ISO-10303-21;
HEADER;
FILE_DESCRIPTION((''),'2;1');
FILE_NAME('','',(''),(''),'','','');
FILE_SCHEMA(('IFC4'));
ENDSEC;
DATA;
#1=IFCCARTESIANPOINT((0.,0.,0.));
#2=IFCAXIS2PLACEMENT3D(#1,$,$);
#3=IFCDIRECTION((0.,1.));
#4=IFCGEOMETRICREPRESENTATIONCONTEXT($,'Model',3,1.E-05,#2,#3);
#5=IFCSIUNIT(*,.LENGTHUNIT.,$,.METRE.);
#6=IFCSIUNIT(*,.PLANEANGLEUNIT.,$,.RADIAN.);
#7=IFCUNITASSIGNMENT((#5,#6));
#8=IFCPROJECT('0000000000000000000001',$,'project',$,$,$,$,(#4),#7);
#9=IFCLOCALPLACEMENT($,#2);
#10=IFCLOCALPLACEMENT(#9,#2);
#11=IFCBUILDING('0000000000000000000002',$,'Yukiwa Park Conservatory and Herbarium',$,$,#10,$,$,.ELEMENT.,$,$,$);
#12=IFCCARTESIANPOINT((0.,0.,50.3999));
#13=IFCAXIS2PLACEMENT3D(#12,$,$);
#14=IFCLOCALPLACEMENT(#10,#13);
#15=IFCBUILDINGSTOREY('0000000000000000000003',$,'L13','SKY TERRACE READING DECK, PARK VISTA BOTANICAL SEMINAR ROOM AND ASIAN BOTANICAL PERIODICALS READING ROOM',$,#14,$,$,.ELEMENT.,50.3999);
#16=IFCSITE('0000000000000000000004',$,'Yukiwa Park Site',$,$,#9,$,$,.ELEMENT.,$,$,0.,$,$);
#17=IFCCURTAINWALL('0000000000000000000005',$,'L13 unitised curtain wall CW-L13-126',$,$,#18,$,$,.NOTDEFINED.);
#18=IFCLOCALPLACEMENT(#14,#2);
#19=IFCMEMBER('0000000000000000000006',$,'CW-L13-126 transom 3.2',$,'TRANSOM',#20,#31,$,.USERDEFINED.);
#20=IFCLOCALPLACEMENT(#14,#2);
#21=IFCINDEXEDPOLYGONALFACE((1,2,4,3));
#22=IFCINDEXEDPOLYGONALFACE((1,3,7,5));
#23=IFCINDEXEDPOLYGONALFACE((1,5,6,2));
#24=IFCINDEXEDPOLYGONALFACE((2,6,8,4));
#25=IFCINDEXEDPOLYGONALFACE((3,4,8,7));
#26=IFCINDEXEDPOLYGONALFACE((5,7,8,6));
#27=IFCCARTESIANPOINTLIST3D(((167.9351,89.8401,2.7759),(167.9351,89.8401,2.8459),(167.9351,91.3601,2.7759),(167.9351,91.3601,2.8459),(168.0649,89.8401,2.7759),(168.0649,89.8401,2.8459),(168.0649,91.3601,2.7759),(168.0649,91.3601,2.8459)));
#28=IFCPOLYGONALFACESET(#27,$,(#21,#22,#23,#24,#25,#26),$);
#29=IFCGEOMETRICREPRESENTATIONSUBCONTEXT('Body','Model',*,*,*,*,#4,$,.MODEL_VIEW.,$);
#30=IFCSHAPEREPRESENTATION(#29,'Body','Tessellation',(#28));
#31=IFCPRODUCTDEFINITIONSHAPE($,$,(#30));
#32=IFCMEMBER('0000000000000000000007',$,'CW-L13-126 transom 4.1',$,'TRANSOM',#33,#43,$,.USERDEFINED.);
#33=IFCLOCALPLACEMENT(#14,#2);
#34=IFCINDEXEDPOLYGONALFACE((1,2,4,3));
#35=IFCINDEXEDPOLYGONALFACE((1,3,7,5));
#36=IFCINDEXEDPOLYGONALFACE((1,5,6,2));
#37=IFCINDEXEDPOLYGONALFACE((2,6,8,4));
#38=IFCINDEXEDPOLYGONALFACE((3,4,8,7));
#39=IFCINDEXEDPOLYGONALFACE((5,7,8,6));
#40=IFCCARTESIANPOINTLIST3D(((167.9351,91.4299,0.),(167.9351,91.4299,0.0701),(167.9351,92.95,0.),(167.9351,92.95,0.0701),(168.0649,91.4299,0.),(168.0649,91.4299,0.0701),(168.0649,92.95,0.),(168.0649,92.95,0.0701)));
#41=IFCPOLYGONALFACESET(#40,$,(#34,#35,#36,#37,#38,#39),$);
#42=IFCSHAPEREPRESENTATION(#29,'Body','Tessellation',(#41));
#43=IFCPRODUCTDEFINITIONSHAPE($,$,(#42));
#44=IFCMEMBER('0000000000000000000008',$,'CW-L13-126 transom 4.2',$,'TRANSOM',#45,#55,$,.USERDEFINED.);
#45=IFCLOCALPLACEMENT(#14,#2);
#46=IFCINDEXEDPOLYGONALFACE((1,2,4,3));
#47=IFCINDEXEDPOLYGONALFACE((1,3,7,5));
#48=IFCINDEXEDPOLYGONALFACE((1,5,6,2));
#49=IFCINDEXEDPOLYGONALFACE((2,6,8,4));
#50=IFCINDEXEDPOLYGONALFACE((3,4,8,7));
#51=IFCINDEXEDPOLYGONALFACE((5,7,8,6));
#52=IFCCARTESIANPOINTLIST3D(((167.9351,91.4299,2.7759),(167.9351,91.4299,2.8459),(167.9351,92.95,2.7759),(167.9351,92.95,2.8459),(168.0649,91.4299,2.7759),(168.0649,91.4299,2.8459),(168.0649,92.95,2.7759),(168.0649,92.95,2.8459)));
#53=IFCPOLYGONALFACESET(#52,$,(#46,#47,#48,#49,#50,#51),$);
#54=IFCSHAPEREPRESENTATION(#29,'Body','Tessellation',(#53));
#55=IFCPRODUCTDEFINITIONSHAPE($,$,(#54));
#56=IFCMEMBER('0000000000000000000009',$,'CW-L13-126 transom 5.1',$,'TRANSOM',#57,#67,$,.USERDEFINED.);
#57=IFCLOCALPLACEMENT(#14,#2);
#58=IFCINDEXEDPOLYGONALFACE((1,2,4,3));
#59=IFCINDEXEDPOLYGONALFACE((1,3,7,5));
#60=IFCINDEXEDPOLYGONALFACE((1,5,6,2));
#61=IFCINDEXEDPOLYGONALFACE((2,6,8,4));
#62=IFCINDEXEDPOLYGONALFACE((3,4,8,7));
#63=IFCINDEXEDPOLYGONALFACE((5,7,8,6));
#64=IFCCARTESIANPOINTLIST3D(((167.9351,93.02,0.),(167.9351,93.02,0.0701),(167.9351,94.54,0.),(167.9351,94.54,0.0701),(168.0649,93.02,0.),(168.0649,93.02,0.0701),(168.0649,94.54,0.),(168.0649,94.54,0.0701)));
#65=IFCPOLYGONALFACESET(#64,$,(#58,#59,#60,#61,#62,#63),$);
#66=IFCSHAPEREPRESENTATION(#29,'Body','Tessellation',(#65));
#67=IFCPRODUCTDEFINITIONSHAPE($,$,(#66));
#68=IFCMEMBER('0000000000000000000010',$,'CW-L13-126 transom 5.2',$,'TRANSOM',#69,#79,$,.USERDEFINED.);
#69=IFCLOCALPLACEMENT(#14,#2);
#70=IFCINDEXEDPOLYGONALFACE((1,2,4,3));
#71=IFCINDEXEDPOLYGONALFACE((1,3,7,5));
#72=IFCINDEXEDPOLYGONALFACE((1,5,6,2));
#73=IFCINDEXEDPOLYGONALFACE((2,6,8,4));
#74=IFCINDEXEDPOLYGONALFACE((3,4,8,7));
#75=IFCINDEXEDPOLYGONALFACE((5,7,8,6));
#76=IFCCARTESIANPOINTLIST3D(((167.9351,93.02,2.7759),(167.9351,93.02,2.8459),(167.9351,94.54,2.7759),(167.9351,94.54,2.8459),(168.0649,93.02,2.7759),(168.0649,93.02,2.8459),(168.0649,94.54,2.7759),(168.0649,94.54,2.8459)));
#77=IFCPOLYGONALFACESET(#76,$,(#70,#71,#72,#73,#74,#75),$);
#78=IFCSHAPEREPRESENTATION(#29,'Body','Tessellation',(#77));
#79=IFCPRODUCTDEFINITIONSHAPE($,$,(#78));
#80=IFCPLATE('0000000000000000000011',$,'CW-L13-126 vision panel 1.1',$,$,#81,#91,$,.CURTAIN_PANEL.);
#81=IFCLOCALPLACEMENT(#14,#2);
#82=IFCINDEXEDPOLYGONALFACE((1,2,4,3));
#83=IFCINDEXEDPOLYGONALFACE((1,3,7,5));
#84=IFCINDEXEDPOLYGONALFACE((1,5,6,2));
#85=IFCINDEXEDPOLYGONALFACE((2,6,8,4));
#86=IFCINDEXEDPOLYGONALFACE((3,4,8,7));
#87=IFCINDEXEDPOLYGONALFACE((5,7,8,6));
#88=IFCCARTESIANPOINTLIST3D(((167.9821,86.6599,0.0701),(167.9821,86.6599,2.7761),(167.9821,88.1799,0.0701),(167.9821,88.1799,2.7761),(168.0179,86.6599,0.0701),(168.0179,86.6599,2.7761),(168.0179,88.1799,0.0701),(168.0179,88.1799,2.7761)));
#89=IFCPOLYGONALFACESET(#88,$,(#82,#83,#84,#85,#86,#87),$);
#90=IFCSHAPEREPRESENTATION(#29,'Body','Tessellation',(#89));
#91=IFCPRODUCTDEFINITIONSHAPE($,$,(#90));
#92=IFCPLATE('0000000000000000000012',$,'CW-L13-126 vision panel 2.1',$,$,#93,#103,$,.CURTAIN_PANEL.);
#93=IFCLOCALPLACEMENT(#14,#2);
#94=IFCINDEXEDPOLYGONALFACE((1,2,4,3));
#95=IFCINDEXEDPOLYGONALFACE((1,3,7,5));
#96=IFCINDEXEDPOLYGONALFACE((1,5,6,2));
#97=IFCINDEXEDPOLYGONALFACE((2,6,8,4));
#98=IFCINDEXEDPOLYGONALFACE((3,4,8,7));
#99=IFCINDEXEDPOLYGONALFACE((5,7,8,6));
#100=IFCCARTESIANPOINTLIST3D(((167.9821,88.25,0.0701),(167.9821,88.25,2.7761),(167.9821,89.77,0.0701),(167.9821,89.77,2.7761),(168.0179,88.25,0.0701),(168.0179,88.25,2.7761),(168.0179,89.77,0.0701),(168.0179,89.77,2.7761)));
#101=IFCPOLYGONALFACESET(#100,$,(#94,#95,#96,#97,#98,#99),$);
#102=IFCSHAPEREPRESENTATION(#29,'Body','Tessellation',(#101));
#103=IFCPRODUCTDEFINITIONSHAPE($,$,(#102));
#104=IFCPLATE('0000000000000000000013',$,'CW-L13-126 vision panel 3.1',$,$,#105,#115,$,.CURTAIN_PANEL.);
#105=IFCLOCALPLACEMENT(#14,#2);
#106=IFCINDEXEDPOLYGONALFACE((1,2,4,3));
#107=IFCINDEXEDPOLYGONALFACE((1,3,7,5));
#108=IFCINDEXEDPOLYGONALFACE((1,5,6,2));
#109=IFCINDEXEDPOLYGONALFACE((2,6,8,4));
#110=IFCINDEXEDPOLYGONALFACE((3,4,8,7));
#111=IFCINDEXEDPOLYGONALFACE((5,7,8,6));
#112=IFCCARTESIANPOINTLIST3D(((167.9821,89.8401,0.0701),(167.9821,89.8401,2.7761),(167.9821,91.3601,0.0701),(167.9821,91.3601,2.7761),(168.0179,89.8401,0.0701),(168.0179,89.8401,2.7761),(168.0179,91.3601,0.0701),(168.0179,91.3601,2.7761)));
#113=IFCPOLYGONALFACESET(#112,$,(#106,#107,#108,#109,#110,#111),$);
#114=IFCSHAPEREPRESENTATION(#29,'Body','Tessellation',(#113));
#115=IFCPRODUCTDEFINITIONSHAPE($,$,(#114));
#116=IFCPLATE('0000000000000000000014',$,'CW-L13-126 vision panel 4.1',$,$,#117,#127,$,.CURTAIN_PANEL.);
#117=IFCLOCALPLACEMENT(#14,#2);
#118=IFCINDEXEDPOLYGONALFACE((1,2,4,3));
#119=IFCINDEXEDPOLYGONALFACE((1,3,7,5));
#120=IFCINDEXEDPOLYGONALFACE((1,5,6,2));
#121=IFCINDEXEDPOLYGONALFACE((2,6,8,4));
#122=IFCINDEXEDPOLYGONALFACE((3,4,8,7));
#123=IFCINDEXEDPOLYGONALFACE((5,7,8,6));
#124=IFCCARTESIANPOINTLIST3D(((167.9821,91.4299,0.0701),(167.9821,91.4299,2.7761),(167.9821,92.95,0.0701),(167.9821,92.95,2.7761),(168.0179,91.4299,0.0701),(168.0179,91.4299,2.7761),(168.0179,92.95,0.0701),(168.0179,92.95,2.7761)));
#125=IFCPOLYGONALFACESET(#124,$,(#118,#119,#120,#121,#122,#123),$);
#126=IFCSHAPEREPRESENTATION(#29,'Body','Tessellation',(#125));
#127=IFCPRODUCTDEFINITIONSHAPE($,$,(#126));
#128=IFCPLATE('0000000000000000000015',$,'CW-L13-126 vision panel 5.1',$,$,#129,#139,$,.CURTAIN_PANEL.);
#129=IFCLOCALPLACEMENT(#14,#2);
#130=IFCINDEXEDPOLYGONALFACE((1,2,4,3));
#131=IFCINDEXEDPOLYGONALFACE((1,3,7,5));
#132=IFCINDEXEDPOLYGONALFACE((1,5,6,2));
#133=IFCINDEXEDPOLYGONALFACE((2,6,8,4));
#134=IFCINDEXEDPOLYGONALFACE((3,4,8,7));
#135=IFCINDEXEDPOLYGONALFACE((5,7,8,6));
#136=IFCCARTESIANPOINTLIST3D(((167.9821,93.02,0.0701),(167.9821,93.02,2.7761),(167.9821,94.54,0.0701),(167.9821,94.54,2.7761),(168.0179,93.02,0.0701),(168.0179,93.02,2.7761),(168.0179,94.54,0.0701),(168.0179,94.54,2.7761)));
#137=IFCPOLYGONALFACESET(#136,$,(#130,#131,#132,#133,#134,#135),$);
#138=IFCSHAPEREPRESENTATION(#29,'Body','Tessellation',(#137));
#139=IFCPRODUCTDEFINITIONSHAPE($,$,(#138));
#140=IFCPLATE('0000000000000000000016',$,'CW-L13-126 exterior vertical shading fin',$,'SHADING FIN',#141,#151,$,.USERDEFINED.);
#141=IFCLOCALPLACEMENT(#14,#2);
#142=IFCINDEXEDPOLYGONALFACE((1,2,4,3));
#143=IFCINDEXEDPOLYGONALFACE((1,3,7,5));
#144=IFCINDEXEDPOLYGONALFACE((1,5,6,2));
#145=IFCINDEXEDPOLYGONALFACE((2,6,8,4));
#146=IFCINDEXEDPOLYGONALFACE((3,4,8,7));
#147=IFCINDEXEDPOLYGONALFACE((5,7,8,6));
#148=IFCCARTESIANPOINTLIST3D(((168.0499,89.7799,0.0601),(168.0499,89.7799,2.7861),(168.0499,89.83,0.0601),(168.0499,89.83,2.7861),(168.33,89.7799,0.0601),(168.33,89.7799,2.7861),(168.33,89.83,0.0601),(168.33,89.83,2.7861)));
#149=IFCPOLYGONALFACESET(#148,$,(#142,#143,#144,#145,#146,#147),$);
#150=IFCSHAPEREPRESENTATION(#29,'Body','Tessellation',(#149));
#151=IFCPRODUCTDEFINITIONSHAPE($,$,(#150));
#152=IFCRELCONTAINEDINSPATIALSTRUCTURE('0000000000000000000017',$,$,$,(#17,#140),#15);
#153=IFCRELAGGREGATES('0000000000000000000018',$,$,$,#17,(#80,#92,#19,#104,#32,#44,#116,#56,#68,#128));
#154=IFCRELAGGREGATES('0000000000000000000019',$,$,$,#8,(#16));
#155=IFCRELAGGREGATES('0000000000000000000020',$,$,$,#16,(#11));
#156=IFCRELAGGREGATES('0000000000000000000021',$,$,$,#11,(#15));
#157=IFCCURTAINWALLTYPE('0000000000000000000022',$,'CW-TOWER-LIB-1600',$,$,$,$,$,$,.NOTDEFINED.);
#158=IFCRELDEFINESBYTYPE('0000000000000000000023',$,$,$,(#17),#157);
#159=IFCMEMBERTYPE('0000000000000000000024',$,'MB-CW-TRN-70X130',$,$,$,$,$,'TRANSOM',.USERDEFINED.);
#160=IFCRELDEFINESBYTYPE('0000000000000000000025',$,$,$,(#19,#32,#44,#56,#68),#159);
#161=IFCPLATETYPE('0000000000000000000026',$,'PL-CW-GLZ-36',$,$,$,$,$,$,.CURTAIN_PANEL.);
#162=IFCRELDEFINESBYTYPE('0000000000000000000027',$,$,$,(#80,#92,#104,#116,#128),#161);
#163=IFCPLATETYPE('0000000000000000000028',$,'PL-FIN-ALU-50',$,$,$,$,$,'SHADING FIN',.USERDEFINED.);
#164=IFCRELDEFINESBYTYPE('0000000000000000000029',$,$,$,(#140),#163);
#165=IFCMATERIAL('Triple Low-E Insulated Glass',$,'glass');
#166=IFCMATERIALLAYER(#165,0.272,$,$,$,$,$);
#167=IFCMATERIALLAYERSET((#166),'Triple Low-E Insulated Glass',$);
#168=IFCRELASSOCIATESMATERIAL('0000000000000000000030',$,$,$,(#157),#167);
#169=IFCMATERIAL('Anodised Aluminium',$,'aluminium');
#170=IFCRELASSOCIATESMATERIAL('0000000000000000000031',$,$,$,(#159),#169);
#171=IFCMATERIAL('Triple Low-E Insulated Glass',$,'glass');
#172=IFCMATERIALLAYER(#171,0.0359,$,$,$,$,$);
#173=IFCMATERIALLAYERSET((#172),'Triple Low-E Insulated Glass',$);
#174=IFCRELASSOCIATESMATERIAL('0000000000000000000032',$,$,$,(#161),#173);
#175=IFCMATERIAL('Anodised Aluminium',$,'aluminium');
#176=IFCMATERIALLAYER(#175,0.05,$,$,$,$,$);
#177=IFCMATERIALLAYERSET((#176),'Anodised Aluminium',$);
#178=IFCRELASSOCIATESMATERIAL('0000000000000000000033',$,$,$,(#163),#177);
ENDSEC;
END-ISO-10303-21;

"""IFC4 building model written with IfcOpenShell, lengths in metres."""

from ifc_helpers import new_model, si_unit, direction, frame, origin, origin_2d, place, context, subcontext, project, spatial, rectangle, extrude, material, layer, layer_set, type_object, element, aggregate, save


model = new_model("IFC4")

# Units and contexts
model_context = context("Model", 3, precision=1e-05, world=origin(), true_north=direction((0.0, 1.0)))
body_context = subcontext(model_context, "Body", "Model", "MODEL_VIEW")
ifc_project = project(units=[si_unit("LENGTHUNIT", "METRE"), si_unit("PLANEANGLEUNIT", "RADIAN")], contexts=[model_context])

# Site, building, storey
site_placement = place(None, origin())
site = spatial("IfcSite", under=ifc_project, at=site_placement, Name="Yukiwa Park Site", CompositionType="ELEMENT", RefElevation=0.0)
building_placement = place(site_placement, origin())
building = spatial("IfcBuilding", under=site, at=building_placement, Name="Yukiwa Park Conservatory and Herbarium", CompositionType="ELEMENT")
storey_placement = place(building_placement, frame((0.0, 0.0, 50.3999)))
storey = spatial("IfcBuildingStorey", under=building, at=storey_placement, Name="L13", Description="SKY TERRACE READING DECK, PARK VISTA BOTANICAL SEMINAR ROOM AND ASIAN BOTANICAL PERIODICALS READING ROOM", CompositionType="ELEMENT", Elevation=50.3999)

# Curtain wall, members, plates
ifc_material_1 = material(Name="Triple Low-E Insulated Glass", Category="glass")
ifc_layer_1 = layer(ifc_material_1, 0.272)
ifc_layer_set_1 = layer_set([ifc_layer_1], Name="Triple Low-E Insulated Glass")
curtain_wall_type = type_object("IfcCurtainWallType", Name="CW-TOWER-LIB-1600", PredefinedType="NOTDEFINED", material=ifc_layer_set_1)
curtain_wall_placement = place(storey_placement, origin())
curtain_wall = element("IfcCurtainWall", 1, at=curtain_wall_placement, inside=storey, type_object=curtain_wall_type, Name="L13 unitised curtain wall CW-L13-126", PredefinedType="NOTDEFINED")
ifc_material_2 = material(Name="Anodised Aluminium", Category="aluminium")
member_type_1 = type_object("IfcMemberType", Name="MB-CW-TRN-70X130", ElementType="TRANSOM", PredefinedType="USERDEFINED", material=ifc_material_2)
member_1_placement = place(storey_placement, frame((168.0, 90.6001, 2.7759), z_axis=(0.0, 0.0, 1.0), x_axis=(0.0, 1.0, 0.0)))
member_1 = element("IfcMember", 2, at=member_1_placement, type_object=member_type_1, Name="CW-L13-126 transom 3.2", ObjectType="TRANSOM", PredefinedType="USERDEFINED", context=body_context, shape_type="SweptSolid", body=[
    extrude(rectangle(XDim=1.52, YDim=0.1299, at=origin_2d()), origin(), (0.0, 0.0, 1.0), 0.0701),
])
member_2_placement = place(storey_placement, frame((168.0, 92.1899, 0.0), z_axis=(0.0, 0.0, 1.0), x_axis=(0.0, 1.0, 0.0)))
member_2 = element("IfcMember", 3, at=member_2_placement, type_object=member_type_1, Name="CW-L13-126 transom 4.1", ObjectType="TRANSOM", PredefinedType="USERDEFINED", context=body_context, shape_type="SweptSolid", body=[
    extrude(rectangle(XDim=1.52, YDim=0.1299, at=origin_2d()), origin(), (0.0, 0.0, 1.0), 0.0701),
])
member_3_placement = place(storey_placement, frame((168.0, 92.1899, 2.7759), z_axis=(0.0, 0.0, 1.0), x_axis=(0.0, 1.0, 0.0)))
member_3 = element("IfcMember", 4, at=member_3_placement, type_object=member_type_1, Name="CW-L13-126 transom 4.2", ObjectType="TRANSOM", PredefinedType="USERDEFINED", context=body_context, shape_type="SweptSolid", body=[
    extrude(rectangle(XDim=1.52, YDim=0.1299, at=origin_2d()), origin(), (0.0, 0.0, 1.0), 0.0701),
])
member_4_placement = place(storey_placement, frame((168.0, 93.78, 0.0), z_axis=(0.0, 0.0, 1.0), x_axis=(0.0, 1.0, 0.0)))
member_4 = element("IfcMember", 5, at=member_4_placement, type_object=member_type_1, Name="CW-L13-126 transom 5.1", ObjectType="TRANSOM", PredefinedType="USERDEFINED", context=body_context, shape_type="SweptSolid", body=[
    extrude(rectangle(XDim=1.52, YDim=0.1299, at=origin_2d()), origin(), (0.0, 0.0, 1.0), 0.0701),
])
member_5_placement = place(storey_placement, frame((168.0, 93.78, 2.7759), z_axis=(0.0, 0.0, 1.0), x_axis=(0.0, 1.0, 0.0)))
member_5 = element("IfcMember", 6, at=member_5_placement, type_object=member_type_1, Name="CW-L13-126 transom 5.2", ObjectType="TRANSOM", PredefinedType="USERDEFINED", context=body_context, shape_type="SweptSolid", body=[
    extrude(rectangle(XDim=1.52, YDim=0.1299, at=origin_2d()), origin(), (0.0, 0.0, 1.0), 0.0701),
])
ifc_material_3 = material(Name="Triple Low-E Insulated Glass", Category="glass")
ifc_layer_2 = layer(ifc_material_3, 0.0359)
ifc_layer_set_2 = layer_set([ifc_layer_2], Name="Triple Low-E Insulated Glass")
plate_type_1 = type_object("IfcPlateType", Name="PL-CW-GLZ-36", PredefinedType="CURTAIN_PANEL", material=ifc_layer_set_2)
plate_1_placement = place(storey_placement, frame((168.0, 87.4199, 0.0701), z_axis=(0.0, 0.0, 1.0), x_axis=(0.0, 1.0, 0.0)))
plate_1 = element("IfcPlate", 7, at=plate_1_placement, type_object=plate_type_1, Name="CW-L13-126 vision panel 1.1", PredefinedType="CURTAIN_PANEL", context=body_context, shape_type="SweptSolid", body=[
    extrude(rectangle(XDim=1.52, YDim=0.0359, at=origin_2d()), origin(), (0.0, 0.0, 1.0), 2.7061),
])
plate_2_placement = place(storey_placement, frame((168.0, 89.01, 0.0701), z_axis=(0.0, 0.0, 1.0), x_axis=(0.0, 1.0, 0.0)))
plate_2 = element("IfcPlate", 8, at=plate_2_placement, type_object=plate_type_1, Name="CW-L13-126 vision panel 2.1", PredefinedType="CURTAIN_PANEL", context=body_context, shape_type="SweptSolid", body=[
    extrude(rectangle(XDim=1.52, YDim=0.0359, at=origin_2d()), origin(), (0.0, 0.0, 1.0), 2.7061),
])
plate_3_placement = place(storey_placement, frame((168.0, 90.6001, 0.0701), z_axis=(0.0, 0.0, 1.0), x_axis=(0.0, 1.0, 0.0)))
plate_3 = element("IfcPlate", 9, at=plate_3_placement, type_object=plate_type_1, Name="CW-L13-126 vision panel 3.1", PredefinedType="CURTAIN_PANEL", context=body_context, shape_type="SweptSolid", body=[
    extrude(rectangle(XDim=1.52, YDim=0.0359, at=origin_2d()), origin(), (0.0, 0.0, 1.0), 2.7061),
])
plate_4_placement = place(storey_placement, frame((168.0, 92.1899, 0.0701), z_axis=(0.0, 0.0, 1.0), x_axis=(0.0, 1.0, 0.0)))
plate_4 = element("IfcPlate", 10, at=plate_4_placement, type_object=plate_type_1, Name="CW-L13-126 vision panel 4.1", PredefinedType="CURTAIN_PANEL", context=body_context, shape_type="SweptSolid", body=[
    extrude(rectangle(XDim=1.52, YDim=0.0359, at=origin_2d()), origin(), (0.0, 0.0, 1.0), 2.7061),
])
plate_5_placement = place(storey_placement, frame((168.0, 93.78, 0.0701), z_axis=(0.0, 0.0, 1.0), x_axis=(0.0, 1.0, 0.0)))
plate_5 = element("IfcPlate", 11, at=plate_5_placement, type_object=plate_type_1, Name="CW-L13-126 vision panel 5.1", PredefinedType="CURTAIN_PANEL", context=body_context, shape_type="SweptSolid", body=[
    extrude(rectangle(XDim=1.52, YDim=0.0359, at=origin_2d()), origin(), (0.0, 0.0, 1.0), 2.7061),
])
aggregate(curtain_wall, [plate_1, plate_2, member_1, plate_3, member_2, member_3, plate_4, member_4, member_5, plate_5])

# Plate
ifc_material_4 = material(Name="Anodised Aluminium", Category="aluminium")
ifc_layer_3 = layer(ifc_material_4, 0.05)
ifc_layer_set_3 = layer_set([ifc_layer_3], Name="Anodised Aluminium")
plate_type_2 = type_object("IfcPlateType", Name="PL-FIN-ALU-50", ElementType="SHADING FIN", PredefinedType="USERDEFINED", material=ifc_layer_set_3)
plate_6_placement = place(storey_placement, frame((168.1899, 89.8049, 0.0601), z_axis=(0.0, 0.0, 1.0), x_axis=(0.0, 1.0, 0.0)))
element("IfcPlate", 12, at=plate_6_placement, inside=storey, type_object=plate_type_2, Name="CW-L13-126 exterior vertical shading fin", ObjectType="SHADING FIN", PredefinedType="USERDEFINED", context=body_context, shape_type="SweptSolid", body=[
    extrude(rectangle(XDim=0.05, YDim=0.28, at=origin_2d()), origin(), (0.0, 0.0, 1.0), 2.7261),
])

save(model, "model.ifc")
